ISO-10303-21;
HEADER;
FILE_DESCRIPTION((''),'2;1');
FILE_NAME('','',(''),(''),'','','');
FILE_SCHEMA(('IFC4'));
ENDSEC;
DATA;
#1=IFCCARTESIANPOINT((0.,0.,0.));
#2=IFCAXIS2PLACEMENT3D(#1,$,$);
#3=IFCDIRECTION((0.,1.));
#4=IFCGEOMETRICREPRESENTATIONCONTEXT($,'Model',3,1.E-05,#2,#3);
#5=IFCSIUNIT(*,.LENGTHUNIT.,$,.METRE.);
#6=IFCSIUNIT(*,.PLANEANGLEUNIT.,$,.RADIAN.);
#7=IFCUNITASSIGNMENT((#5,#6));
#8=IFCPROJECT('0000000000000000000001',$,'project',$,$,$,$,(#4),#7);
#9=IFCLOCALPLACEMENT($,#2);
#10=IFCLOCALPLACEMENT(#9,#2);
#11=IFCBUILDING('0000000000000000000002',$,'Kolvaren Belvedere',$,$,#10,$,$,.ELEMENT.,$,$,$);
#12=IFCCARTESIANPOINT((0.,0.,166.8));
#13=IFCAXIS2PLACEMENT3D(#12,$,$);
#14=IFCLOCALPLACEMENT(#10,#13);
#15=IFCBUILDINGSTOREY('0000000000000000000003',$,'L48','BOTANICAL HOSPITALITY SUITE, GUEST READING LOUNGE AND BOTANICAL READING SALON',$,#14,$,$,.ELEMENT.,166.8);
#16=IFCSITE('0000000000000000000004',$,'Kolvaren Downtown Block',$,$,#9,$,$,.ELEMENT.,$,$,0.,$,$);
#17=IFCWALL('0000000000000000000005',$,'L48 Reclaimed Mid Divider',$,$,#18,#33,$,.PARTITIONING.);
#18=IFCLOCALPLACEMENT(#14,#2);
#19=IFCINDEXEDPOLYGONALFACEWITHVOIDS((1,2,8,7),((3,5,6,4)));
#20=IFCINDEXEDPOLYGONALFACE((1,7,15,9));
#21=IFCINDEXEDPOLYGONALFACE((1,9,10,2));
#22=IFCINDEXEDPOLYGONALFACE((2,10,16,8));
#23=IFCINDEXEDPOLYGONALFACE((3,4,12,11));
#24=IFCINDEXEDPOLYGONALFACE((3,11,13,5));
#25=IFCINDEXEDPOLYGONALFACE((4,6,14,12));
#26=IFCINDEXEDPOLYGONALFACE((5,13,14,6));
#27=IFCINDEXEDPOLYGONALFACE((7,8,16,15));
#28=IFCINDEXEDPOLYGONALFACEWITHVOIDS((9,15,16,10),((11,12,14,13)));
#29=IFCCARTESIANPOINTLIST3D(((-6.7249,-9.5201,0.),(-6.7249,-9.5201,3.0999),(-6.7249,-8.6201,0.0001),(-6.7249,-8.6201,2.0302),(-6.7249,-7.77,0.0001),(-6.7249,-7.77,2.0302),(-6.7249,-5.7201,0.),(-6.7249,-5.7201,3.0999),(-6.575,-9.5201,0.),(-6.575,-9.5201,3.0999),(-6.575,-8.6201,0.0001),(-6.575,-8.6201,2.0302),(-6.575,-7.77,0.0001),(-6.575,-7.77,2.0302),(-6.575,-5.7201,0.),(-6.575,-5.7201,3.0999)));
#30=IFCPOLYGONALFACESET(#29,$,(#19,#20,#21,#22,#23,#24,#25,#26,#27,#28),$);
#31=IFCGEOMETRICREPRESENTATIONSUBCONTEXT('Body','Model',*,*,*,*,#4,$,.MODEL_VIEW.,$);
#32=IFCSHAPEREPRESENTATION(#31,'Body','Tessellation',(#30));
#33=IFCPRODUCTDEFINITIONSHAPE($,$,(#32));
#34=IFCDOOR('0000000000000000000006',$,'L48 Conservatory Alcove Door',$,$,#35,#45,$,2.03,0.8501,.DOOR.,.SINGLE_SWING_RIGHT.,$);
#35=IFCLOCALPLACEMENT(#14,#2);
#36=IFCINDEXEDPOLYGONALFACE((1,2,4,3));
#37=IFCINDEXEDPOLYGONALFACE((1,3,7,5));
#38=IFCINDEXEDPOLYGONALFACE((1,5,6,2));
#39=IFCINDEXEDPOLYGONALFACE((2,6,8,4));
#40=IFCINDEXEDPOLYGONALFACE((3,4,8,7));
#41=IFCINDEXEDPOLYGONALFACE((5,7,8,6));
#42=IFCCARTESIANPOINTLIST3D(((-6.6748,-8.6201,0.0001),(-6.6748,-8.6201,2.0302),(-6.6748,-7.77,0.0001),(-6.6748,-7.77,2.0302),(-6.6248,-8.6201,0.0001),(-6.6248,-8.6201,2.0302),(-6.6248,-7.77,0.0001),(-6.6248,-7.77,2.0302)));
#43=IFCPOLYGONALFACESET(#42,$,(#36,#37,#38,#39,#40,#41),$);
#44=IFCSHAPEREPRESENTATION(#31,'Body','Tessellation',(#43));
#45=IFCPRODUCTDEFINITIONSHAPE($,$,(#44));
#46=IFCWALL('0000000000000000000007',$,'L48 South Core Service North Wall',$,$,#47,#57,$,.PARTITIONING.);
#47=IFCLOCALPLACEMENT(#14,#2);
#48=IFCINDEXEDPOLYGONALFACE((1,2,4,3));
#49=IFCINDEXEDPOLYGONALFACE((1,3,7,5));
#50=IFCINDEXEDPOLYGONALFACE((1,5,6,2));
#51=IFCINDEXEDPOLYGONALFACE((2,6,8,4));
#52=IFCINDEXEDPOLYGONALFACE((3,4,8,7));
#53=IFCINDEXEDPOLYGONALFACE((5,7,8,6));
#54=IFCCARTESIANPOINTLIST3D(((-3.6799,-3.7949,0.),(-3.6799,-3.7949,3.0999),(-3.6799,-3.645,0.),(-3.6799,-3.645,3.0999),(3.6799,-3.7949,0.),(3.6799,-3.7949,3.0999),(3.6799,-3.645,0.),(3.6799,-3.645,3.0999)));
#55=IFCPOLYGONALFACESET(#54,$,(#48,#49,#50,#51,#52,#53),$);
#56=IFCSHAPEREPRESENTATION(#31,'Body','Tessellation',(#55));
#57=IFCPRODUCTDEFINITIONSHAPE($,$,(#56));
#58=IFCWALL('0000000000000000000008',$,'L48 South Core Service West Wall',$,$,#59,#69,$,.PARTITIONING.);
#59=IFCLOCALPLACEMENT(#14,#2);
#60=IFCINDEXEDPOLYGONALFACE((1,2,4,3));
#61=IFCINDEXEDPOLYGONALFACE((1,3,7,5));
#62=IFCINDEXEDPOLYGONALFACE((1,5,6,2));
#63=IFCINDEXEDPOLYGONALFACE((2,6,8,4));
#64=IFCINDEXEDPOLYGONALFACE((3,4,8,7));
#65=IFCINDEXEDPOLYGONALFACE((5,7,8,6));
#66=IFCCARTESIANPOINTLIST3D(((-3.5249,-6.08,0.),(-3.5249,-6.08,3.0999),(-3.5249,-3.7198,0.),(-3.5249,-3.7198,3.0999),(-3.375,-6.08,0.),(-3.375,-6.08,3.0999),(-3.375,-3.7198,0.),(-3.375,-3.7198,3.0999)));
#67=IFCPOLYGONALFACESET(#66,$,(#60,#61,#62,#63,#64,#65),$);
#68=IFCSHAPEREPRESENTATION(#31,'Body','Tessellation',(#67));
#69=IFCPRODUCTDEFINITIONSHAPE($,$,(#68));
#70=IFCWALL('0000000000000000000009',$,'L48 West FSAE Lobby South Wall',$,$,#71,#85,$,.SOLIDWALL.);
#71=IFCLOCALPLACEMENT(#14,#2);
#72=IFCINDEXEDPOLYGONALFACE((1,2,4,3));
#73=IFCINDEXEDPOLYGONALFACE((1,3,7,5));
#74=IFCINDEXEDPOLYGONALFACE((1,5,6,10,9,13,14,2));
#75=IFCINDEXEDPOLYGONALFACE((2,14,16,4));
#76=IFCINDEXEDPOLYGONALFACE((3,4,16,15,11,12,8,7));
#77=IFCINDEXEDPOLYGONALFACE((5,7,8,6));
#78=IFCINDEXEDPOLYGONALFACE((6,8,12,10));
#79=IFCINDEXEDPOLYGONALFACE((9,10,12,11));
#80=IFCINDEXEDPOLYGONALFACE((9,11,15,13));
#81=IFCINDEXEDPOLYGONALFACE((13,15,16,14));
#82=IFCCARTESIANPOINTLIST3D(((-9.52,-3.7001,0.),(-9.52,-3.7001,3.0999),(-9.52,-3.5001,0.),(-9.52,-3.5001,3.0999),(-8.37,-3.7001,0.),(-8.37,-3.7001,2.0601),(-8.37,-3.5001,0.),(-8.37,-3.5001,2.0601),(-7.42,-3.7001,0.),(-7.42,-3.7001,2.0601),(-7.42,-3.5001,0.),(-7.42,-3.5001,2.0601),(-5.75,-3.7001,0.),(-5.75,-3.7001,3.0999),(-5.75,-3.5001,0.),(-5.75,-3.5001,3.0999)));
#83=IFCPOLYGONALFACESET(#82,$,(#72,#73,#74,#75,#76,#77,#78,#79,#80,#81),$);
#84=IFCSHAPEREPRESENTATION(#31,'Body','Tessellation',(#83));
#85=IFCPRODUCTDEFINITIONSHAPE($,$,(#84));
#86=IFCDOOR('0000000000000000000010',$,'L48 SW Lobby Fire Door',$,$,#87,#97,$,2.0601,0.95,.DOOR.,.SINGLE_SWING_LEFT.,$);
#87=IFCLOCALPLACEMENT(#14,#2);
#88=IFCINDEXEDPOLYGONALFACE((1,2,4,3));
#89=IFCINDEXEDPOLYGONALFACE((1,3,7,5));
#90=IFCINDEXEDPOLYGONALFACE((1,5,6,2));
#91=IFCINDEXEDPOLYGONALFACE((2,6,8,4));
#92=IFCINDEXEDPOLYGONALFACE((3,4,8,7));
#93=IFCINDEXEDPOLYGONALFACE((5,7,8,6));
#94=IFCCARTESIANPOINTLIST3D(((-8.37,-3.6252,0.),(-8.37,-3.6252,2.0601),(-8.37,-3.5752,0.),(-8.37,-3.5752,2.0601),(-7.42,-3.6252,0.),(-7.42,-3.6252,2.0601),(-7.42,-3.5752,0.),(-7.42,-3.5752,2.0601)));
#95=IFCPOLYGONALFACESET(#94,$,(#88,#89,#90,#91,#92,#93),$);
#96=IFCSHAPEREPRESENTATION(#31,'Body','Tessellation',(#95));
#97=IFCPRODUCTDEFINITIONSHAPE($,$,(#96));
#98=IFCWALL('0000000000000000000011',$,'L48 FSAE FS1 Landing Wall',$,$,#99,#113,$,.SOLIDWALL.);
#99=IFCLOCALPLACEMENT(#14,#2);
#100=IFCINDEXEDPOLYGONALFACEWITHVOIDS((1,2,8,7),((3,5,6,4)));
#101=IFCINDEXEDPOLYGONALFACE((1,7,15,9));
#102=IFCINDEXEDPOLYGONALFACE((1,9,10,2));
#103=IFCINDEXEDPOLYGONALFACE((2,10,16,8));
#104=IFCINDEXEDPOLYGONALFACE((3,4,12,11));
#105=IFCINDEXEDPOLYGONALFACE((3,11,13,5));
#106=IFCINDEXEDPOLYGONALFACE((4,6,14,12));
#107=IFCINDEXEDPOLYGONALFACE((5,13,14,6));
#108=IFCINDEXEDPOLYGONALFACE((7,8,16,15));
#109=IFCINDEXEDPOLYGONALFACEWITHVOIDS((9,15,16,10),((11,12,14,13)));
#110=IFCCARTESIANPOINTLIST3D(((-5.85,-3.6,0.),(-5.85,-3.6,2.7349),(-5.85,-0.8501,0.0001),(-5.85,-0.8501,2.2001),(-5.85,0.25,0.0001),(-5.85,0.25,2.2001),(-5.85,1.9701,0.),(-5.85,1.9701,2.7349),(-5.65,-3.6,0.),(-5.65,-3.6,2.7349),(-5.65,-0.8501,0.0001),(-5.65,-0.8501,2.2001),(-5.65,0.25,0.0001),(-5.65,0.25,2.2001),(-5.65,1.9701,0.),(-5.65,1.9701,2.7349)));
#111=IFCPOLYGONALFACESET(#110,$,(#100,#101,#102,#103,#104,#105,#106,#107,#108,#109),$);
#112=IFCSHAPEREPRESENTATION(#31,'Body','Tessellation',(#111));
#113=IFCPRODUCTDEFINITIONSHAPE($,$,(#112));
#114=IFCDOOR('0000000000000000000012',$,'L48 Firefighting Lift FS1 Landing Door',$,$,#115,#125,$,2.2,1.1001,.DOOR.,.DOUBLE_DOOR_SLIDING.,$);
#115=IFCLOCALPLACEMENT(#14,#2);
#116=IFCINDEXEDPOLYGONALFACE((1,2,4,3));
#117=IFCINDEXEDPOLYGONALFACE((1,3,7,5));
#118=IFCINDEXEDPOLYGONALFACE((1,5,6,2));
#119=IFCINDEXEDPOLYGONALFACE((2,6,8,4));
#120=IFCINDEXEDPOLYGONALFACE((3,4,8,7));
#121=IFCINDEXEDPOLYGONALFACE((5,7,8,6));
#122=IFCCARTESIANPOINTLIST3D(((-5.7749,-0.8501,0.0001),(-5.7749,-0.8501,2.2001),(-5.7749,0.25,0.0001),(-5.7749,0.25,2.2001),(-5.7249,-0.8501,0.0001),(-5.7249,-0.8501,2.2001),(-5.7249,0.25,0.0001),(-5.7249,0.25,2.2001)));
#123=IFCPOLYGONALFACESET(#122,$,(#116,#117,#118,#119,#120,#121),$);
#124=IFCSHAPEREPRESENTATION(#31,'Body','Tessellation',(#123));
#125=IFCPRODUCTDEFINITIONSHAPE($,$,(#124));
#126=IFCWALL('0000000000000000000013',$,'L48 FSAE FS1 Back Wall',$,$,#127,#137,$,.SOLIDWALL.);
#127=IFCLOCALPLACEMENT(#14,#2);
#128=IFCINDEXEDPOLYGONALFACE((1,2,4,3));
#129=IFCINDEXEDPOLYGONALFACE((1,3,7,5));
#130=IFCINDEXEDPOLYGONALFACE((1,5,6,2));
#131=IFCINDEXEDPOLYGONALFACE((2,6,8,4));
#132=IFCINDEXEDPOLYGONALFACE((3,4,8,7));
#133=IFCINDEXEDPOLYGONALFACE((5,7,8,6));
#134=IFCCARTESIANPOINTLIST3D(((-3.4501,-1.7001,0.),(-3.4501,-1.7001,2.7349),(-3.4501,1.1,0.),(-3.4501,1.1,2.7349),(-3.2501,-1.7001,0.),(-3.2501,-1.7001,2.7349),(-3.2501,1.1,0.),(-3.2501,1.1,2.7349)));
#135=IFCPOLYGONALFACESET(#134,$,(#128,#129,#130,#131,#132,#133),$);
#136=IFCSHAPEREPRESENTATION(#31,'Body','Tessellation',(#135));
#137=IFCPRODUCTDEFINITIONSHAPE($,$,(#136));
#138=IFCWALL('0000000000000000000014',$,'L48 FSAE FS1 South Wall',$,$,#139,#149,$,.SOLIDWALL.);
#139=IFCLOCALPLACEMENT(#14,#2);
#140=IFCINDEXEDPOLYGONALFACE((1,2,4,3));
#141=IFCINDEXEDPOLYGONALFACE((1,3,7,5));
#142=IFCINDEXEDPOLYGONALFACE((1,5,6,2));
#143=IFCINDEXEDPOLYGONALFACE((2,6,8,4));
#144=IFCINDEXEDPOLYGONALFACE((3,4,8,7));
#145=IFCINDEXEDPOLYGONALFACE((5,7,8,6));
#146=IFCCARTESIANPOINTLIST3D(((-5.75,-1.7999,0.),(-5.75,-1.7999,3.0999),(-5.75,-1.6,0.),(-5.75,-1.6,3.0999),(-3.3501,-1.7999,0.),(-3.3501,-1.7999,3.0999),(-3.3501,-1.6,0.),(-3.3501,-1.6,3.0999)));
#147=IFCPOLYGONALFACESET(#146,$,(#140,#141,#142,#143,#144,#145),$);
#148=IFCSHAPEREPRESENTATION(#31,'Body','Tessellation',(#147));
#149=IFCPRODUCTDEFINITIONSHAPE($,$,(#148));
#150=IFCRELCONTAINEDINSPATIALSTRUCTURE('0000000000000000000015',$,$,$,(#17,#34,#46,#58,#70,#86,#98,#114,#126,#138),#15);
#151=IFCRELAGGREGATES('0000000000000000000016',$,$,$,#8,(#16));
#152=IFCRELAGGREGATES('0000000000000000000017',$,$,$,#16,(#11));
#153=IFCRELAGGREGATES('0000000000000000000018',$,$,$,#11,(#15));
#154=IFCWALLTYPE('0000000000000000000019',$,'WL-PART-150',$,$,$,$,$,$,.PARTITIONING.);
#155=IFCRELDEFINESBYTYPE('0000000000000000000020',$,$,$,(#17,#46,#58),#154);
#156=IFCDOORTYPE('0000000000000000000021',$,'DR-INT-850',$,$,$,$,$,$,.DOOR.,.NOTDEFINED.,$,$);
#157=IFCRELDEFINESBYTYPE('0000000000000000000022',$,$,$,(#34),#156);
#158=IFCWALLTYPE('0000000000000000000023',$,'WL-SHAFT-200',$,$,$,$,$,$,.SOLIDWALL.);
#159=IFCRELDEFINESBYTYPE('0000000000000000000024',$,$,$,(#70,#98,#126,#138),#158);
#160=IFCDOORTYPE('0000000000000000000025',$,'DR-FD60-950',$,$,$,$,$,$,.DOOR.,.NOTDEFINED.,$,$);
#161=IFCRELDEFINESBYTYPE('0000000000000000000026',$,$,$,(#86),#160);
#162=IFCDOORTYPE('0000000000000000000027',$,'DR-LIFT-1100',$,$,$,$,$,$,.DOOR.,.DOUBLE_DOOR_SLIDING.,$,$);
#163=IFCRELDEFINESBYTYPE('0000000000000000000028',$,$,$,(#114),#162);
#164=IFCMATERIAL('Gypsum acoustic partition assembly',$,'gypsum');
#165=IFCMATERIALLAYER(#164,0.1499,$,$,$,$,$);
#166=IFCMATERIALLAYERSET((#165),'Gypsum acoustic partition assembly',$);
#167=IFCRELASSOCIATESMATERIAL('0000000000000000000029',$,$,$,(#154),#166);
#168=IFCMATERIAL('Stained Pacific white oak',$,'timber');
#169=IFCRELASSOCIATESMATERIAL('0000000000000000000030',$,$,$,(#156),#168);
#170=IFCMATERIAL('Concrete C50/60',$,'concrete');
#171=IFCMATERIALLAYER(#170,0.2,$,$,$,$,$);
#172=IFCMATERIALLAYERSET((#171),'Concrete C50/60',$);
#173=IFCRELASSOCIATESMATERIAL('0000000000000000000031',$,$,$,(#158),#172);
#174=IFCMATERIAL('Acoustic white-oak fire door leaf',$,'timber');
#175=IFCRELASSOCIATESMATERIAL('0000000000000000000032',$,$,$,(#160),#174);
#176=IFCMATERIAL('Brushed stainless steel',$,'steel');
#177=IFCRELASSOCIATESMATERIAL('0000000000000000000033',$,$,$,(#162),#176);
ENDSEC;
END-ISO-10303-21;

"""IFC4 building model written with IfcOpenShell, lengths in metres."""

from ifc_helpers import new_model, si_unit, direction, frame, frame_2d, origin, place, context, subcontext, project, spatial, rectangle, extrude, material, layer, layer_set, type_object, element, fill, save


model = new_model("IFC4")

# Units and contexts
model_context = context("Model", 3, precision=1e-05, world=origin(), true_north=direction((0.0, 1.0)))
body_context = subcontext(model_context, "Body", "Model", "MODEL_VIEW")
ifc_project = project(units=[si_unit("LENGTHUNIT", "METRE"), si_unit("PLANEANGLEUNIT", "RADIAN")], contexts=[model_context])

# Site, building, storey
site_placement = place(None, origin())
site = spatial("IfcSite", under=ifc_project, at=site_placement, Name="Kolvaren Downtown Block", CompositionType="ELEMENT", RefElevation=0.0)
building_placement = place(site_placement, origin())
building = spatial("IfcBuilding", under=site, at=building_placement, Name="Kolvaren Belvedere", CompositionType="ELEMENT")
storey_placement = place(building_placement, frame((0.0, 0.0, 166.8)))
storey = spatial("IfcBuildingStorey", under=building, at=storey_placement, Name="L48", Description="BOTANICAL HOSPITALITY SUITE, GUEST READING LOUNGE AND BOTANICAL READING SALON", CompositionType="ELEMENT", Elevation=166.8)

# Wall, opening, door
ifc_material_1 = material(Name="Gypsum acoustic partition assembly", Category="gypsum")
ifc_layer_1 = layer(ifc_material_1, 0.1499)
ifc_layer_set_1 = layer_set([ifc_layer_1], Name="Gypsum acoustic partition assembly")
wall_type_1 = type_object("IfcWallType", Name="WL-PART-150", PredefinedType="PARTITIONING", material=ifc_layer_set_1)
wall_1_placement = place(storey_placement, frame((-6.6499, -9.52, 0.0), z_axis=(0.0, 0.0, 1.0), x_axis=(0.0, 1.0, 0.0)))
wall_1 = element("IfcWall", 1, at=wall_1_placement, inside=storey, type_object=wall_type_1, Name="L48 Reclaimed Mid Divider", PredefinedType="PARTITIONING", context=body_context, shape_type="SweptSolid", body=[
    extrude(rectangle(XDim=3.8, YDim=0.1499, at=frame_2d((1.8999, 0.0))), origin(), (0.0, 0.0, 1.0), 3.0999),
])
opening_1_placement = place(wall_1_placement, frame((0.8999, 0.0, 0.0)))
opening_1 = element("IfcOpeningElement", 2, at=opening_1_placement, cuts=wall_1, PredefinedType="OPENING", context=body_context, shape_type="SweptSolid", body=[
    extrude(rectangle(XDim=0.8501, YDim=2.03, at=frame_2d((0.425, 1.0151))), frame((0.0, 0.085, 0.0), z_axis=(0.0, -1.0, 0.0), x_axis=(1.0, 0.0, 0.0)), (0.0, 0.0, 1.0), 0.1699),
])
ifc_material_2 = material(Name="Stained Pacific white oak", Category="timber")
door_type_1 = type_object("IfcDoorType", Name="DR-INT-850", OperationType="NOTDEFINED", PredefinedType="DOOR", material=ifc_material_2)
door_1_placement = place(opening_1_placement, origin())
door_1 = element("IfcDoor", 3, at=door_1_placement, inside=storey, type_object=door_type_1, Name="L48 Conservatory Alcove Door", OperationType="SINGLE_SWING_RIGHT", OverallHeight=2.03, OverallWidth=0.8501, PredefinedType="DOOR", context=body_context, shape_type="SweptSolid", body=[
    extrude(rectangle(XDim=0.8501, YDim=2.03, at=frame_2d((0.425, 1.0151))), frame((0.0, 0.0249, 0.0), z_axis=(0.0, -1.0, 0.0), x_axis=(1.0, 0.0, 0.0)), (0.0, 0.0, 1.0), 0.05),
])
fill(opening_1, door_1)

# Walls
wall_2_placement = place(storey_placement, frame((-3.6799, -3.72, 0.0), z_axis=(0.0, 0.0, 1.0), x_axis=(1.0, 0.0, 0.0)))
element("IfcWall", 4, at=wall_2_placement, inside=storey, type_object=wall_type_1, Name="L48 South Core Service North Wall", PredefinedType="PARTITIONING", context=body_context, shape_type="SweptSolid", body=[
    extrude(rectangle(XDim=7.3599, YDim=0.1499, at=frame_2d((3.6799, 0.0))), origin(), (0.0, 0.0, 1.0), 3.0999),
])
wall_3_placement = place(storey_placement, frame((-3.45, -6.0801, 0.0), z_axis=(0.0, 0.0, 1.0), x_axis=(0.0, 1.0, 0.0)))
element("IfcWall", 5, at=wall_3_placement, inside=storey, type_object=wall_type_1, Name="L48 South Core Service West Wall", PredefinedType="PARTITIONING", context=body_context, shape_type="SweptSolid", body=[
    extrude(rectangle(XDim=2.3601, YDim=0.1499, at=frame_2d((1.1802, 0.0))), origin(), (0.0, 0.0, 1.0), 3.0999),
])

# Walls, openings, doors
ifc_material_3 = material(Name="Concrete C50/60", Category="concrete")
ifc_layer_2 = layer(ifc_material_3, 0.2)
ifc_layer_set_2 = layer_set([ifc_layer_2], Name="Concrete C50/60")
wall_type_2 = type_object("IfcWallType", Name="WL-SHAFT-200", PredefinedType="SOLIDWALL", material=ifc_layer_set_2)
wall_4_placement = place(storey_placement, frame((-9.52, -3.6001, 0.0), z_axis=(0.0, 0.0, 1.0), x_axis=(1.0, 0.0, 0.0)))
wall_4 = element("IfcWall", 6, at=wall_4_placement, inside=storey, type_object=wall_type_2, Name="L48 West FSAE Lobby South Wall", PredefinedType="SOLIDWALL", context=body_context, shape_type="SweptSolid", body=[
    extrude(rectangle(XDim=3.77, YDim=0.2, at=frame_2d((1.885, 0.0))), origin(), (0.0, 0.0, 1.0), 3.0999),
])
opening_2_placement = place(wall_4_placement, frame((1.1499, 0.0, 0.0)))
opening_2 = element("IfcOpeningElement", 7, at=opening_2_placement, cuts=wall_4, PredefinedType="OPENING", context=body_context, shape_type="SweptSolid", body=[
    extrude(rectangle(XDim=0.95, YDim=2.0601, at=frame_2d((0.4751, 1.03))), frame((0.0, 0.1099, 0.0), z_axis=(0.0, -1.0, 0.0), x_axis=(1.0, 0.0, 0.0)), (0.0, 0.0, 1.0), 0.22),
])
ifc_material_4 = material(Name="Acoustic white-oak fire door leaf", Category="timber")
door_type_2 = type_object("IfcDoorType", Name="DR-FD60-950", OperationType="NOTDEFINED", PredefinedType="DOOR", material=ifc_material_4)
door_2_placement = place(opening_2_placement, origin())
door_2 = element("IfcDoor", 8, at=door_2_placement, inside=storey, type_object=door_type_2, Name="L48 SW Lobby Fire Door", OperationType="SINGLE_SWING_LEFT", OverallHeight=2.0601, OverallWidth=0.95, PredefinedType="DOOR", context=body_context, shape_type="SweptSolid", body=[
    extrude(rectangle(XDim=0.95, YDim=2.0601, at=frame_2d((0.4751, 1.03))), frame((0.0, 0.0249, 0.0), z_axis=(0.0, -1.0, 0.0), x_axis=(1.0, 0.0, 0.0)), (0.0, 0.0, 1.0), 0.05),
])
fill(opening_2, door_2)
wall_5_placement = place(storey_placement, frame((-5.75, -3.6001, 0.0), z_axis=(0.0, 0.0, 1.0), x_axis=(0.0, 1.0, 0.0)))
wall_5 = element("IfcWall", 9, at=wall_5_placement, inside=storey, type_object=wall_type_2, Name="L48 FSAE FS1 Landing Wall", PredefinedType="SOLIDWALL", context=body_context, shape_type="SweptSolid", body=[
    extrude(rectangle(XDim=5.5701, YDim=0.2, at=frame_2d((2.7852, 0.0))), origin(), (0.0, 0.0, 1.0), 2.7349),
])
opening_3_placement = place(wall_5_placement, frame((2.75, 0.0, 0.0)))
opening_3 = element("IfcOpeningElement", 10, at=opening_3_placement, cuts=wall_5, PredefinedType="OPENING", context=body_context, shape_type="SweptSolid", body=[
    extrude(rectangle(XDim=1.1001, YDim=2.2, at=frame_2d((0.55, 1.1001))), frame((0.0, 0.1099, 0.0), z_axis=(0.0, -1.0, 0.0), x_axis=(1.0, 0.0, 0.0)), (0.0, 0.0, 1.0), 0.22),
])
ifc_material_5 = material(Name="Brushed stainless steel", Category="steel")
door_type_3 = type_object("IfcDoorType", Name="DR-LIFT-1100", OperationType="DOUBLE_DOOR_SLIDING", PredefinedType="DOOR", material=ifc_material_5)
door_3_placement = place(opening_3_placement, origin())
door_3 = element("IfcDoor", 11, at=door_3_placement, inside=storey, type_object=door_type_3, Name="L48 Firefighting Lift FS1 Landing Door", OperationType="DOUBLE_DOOR_SLIDING", OverallHeight=2.2, OverallWidth=1.1001, PredefinedType="DOOR", context=body_context, shape_type="SweptSolid", body=[
    extrude(rectangle(XDim=1.1001, YDim=2.2, at=frame_2d((0.55, 1.1001))), frame((0.0, 0.0249, 0.0), z_axis=(0.0, -1.0, 0.0), x_axis=(1.0, 0.0, 0.0)), (0.0, 0.0, 1.0), 0.05),
])
fill(opening_3, door_3)

# Walls
wall_6_placement = place(storey_placement, frame((-3.3501, -1.7, 0.0), z_axis=(0.0, 0.0, 1.0), x_axis=(0.0, 1.0, 0.0)))
element("IfcWall", 12, at=wall_6_placement, inside=storey, type_object=wall_type_2, Name="L48 FSAE FS1 Back Wall", PredefinedType="SOLIDWALL", context=body_context, shape_type="SweptSolid", body=[
    extrude(rectangle(XDim=2.8, YDim=0.2, at=frame_2d((1.3999, 0.0))), origin(), (0.0, 0.0, 1.0), 2.7349),
])
wall_7_placement = place(storey_placement, frame((-5.75, -1.7, 0.0), z_axis=(0.0, 0.0, 1.0), x_axis=(1.0, 0.0, 0.0)))
element("IfcWall", 13, at=wall_7_placement, inside=storey, type_object=wall_type_2, Name="L48 FSAE FS1 South Wall", PredefinedType="SOLIDWALL", context=body_context, shape_type="SweptSolid", body=[
    extrude(rectangle(XDim=2.3999, YDim=0.2, at=frame_2d((1.2, 0.0))), origin(), (0.0, 0.0, 1.0), 3.0999),
])

save(model, "model.ifc")
